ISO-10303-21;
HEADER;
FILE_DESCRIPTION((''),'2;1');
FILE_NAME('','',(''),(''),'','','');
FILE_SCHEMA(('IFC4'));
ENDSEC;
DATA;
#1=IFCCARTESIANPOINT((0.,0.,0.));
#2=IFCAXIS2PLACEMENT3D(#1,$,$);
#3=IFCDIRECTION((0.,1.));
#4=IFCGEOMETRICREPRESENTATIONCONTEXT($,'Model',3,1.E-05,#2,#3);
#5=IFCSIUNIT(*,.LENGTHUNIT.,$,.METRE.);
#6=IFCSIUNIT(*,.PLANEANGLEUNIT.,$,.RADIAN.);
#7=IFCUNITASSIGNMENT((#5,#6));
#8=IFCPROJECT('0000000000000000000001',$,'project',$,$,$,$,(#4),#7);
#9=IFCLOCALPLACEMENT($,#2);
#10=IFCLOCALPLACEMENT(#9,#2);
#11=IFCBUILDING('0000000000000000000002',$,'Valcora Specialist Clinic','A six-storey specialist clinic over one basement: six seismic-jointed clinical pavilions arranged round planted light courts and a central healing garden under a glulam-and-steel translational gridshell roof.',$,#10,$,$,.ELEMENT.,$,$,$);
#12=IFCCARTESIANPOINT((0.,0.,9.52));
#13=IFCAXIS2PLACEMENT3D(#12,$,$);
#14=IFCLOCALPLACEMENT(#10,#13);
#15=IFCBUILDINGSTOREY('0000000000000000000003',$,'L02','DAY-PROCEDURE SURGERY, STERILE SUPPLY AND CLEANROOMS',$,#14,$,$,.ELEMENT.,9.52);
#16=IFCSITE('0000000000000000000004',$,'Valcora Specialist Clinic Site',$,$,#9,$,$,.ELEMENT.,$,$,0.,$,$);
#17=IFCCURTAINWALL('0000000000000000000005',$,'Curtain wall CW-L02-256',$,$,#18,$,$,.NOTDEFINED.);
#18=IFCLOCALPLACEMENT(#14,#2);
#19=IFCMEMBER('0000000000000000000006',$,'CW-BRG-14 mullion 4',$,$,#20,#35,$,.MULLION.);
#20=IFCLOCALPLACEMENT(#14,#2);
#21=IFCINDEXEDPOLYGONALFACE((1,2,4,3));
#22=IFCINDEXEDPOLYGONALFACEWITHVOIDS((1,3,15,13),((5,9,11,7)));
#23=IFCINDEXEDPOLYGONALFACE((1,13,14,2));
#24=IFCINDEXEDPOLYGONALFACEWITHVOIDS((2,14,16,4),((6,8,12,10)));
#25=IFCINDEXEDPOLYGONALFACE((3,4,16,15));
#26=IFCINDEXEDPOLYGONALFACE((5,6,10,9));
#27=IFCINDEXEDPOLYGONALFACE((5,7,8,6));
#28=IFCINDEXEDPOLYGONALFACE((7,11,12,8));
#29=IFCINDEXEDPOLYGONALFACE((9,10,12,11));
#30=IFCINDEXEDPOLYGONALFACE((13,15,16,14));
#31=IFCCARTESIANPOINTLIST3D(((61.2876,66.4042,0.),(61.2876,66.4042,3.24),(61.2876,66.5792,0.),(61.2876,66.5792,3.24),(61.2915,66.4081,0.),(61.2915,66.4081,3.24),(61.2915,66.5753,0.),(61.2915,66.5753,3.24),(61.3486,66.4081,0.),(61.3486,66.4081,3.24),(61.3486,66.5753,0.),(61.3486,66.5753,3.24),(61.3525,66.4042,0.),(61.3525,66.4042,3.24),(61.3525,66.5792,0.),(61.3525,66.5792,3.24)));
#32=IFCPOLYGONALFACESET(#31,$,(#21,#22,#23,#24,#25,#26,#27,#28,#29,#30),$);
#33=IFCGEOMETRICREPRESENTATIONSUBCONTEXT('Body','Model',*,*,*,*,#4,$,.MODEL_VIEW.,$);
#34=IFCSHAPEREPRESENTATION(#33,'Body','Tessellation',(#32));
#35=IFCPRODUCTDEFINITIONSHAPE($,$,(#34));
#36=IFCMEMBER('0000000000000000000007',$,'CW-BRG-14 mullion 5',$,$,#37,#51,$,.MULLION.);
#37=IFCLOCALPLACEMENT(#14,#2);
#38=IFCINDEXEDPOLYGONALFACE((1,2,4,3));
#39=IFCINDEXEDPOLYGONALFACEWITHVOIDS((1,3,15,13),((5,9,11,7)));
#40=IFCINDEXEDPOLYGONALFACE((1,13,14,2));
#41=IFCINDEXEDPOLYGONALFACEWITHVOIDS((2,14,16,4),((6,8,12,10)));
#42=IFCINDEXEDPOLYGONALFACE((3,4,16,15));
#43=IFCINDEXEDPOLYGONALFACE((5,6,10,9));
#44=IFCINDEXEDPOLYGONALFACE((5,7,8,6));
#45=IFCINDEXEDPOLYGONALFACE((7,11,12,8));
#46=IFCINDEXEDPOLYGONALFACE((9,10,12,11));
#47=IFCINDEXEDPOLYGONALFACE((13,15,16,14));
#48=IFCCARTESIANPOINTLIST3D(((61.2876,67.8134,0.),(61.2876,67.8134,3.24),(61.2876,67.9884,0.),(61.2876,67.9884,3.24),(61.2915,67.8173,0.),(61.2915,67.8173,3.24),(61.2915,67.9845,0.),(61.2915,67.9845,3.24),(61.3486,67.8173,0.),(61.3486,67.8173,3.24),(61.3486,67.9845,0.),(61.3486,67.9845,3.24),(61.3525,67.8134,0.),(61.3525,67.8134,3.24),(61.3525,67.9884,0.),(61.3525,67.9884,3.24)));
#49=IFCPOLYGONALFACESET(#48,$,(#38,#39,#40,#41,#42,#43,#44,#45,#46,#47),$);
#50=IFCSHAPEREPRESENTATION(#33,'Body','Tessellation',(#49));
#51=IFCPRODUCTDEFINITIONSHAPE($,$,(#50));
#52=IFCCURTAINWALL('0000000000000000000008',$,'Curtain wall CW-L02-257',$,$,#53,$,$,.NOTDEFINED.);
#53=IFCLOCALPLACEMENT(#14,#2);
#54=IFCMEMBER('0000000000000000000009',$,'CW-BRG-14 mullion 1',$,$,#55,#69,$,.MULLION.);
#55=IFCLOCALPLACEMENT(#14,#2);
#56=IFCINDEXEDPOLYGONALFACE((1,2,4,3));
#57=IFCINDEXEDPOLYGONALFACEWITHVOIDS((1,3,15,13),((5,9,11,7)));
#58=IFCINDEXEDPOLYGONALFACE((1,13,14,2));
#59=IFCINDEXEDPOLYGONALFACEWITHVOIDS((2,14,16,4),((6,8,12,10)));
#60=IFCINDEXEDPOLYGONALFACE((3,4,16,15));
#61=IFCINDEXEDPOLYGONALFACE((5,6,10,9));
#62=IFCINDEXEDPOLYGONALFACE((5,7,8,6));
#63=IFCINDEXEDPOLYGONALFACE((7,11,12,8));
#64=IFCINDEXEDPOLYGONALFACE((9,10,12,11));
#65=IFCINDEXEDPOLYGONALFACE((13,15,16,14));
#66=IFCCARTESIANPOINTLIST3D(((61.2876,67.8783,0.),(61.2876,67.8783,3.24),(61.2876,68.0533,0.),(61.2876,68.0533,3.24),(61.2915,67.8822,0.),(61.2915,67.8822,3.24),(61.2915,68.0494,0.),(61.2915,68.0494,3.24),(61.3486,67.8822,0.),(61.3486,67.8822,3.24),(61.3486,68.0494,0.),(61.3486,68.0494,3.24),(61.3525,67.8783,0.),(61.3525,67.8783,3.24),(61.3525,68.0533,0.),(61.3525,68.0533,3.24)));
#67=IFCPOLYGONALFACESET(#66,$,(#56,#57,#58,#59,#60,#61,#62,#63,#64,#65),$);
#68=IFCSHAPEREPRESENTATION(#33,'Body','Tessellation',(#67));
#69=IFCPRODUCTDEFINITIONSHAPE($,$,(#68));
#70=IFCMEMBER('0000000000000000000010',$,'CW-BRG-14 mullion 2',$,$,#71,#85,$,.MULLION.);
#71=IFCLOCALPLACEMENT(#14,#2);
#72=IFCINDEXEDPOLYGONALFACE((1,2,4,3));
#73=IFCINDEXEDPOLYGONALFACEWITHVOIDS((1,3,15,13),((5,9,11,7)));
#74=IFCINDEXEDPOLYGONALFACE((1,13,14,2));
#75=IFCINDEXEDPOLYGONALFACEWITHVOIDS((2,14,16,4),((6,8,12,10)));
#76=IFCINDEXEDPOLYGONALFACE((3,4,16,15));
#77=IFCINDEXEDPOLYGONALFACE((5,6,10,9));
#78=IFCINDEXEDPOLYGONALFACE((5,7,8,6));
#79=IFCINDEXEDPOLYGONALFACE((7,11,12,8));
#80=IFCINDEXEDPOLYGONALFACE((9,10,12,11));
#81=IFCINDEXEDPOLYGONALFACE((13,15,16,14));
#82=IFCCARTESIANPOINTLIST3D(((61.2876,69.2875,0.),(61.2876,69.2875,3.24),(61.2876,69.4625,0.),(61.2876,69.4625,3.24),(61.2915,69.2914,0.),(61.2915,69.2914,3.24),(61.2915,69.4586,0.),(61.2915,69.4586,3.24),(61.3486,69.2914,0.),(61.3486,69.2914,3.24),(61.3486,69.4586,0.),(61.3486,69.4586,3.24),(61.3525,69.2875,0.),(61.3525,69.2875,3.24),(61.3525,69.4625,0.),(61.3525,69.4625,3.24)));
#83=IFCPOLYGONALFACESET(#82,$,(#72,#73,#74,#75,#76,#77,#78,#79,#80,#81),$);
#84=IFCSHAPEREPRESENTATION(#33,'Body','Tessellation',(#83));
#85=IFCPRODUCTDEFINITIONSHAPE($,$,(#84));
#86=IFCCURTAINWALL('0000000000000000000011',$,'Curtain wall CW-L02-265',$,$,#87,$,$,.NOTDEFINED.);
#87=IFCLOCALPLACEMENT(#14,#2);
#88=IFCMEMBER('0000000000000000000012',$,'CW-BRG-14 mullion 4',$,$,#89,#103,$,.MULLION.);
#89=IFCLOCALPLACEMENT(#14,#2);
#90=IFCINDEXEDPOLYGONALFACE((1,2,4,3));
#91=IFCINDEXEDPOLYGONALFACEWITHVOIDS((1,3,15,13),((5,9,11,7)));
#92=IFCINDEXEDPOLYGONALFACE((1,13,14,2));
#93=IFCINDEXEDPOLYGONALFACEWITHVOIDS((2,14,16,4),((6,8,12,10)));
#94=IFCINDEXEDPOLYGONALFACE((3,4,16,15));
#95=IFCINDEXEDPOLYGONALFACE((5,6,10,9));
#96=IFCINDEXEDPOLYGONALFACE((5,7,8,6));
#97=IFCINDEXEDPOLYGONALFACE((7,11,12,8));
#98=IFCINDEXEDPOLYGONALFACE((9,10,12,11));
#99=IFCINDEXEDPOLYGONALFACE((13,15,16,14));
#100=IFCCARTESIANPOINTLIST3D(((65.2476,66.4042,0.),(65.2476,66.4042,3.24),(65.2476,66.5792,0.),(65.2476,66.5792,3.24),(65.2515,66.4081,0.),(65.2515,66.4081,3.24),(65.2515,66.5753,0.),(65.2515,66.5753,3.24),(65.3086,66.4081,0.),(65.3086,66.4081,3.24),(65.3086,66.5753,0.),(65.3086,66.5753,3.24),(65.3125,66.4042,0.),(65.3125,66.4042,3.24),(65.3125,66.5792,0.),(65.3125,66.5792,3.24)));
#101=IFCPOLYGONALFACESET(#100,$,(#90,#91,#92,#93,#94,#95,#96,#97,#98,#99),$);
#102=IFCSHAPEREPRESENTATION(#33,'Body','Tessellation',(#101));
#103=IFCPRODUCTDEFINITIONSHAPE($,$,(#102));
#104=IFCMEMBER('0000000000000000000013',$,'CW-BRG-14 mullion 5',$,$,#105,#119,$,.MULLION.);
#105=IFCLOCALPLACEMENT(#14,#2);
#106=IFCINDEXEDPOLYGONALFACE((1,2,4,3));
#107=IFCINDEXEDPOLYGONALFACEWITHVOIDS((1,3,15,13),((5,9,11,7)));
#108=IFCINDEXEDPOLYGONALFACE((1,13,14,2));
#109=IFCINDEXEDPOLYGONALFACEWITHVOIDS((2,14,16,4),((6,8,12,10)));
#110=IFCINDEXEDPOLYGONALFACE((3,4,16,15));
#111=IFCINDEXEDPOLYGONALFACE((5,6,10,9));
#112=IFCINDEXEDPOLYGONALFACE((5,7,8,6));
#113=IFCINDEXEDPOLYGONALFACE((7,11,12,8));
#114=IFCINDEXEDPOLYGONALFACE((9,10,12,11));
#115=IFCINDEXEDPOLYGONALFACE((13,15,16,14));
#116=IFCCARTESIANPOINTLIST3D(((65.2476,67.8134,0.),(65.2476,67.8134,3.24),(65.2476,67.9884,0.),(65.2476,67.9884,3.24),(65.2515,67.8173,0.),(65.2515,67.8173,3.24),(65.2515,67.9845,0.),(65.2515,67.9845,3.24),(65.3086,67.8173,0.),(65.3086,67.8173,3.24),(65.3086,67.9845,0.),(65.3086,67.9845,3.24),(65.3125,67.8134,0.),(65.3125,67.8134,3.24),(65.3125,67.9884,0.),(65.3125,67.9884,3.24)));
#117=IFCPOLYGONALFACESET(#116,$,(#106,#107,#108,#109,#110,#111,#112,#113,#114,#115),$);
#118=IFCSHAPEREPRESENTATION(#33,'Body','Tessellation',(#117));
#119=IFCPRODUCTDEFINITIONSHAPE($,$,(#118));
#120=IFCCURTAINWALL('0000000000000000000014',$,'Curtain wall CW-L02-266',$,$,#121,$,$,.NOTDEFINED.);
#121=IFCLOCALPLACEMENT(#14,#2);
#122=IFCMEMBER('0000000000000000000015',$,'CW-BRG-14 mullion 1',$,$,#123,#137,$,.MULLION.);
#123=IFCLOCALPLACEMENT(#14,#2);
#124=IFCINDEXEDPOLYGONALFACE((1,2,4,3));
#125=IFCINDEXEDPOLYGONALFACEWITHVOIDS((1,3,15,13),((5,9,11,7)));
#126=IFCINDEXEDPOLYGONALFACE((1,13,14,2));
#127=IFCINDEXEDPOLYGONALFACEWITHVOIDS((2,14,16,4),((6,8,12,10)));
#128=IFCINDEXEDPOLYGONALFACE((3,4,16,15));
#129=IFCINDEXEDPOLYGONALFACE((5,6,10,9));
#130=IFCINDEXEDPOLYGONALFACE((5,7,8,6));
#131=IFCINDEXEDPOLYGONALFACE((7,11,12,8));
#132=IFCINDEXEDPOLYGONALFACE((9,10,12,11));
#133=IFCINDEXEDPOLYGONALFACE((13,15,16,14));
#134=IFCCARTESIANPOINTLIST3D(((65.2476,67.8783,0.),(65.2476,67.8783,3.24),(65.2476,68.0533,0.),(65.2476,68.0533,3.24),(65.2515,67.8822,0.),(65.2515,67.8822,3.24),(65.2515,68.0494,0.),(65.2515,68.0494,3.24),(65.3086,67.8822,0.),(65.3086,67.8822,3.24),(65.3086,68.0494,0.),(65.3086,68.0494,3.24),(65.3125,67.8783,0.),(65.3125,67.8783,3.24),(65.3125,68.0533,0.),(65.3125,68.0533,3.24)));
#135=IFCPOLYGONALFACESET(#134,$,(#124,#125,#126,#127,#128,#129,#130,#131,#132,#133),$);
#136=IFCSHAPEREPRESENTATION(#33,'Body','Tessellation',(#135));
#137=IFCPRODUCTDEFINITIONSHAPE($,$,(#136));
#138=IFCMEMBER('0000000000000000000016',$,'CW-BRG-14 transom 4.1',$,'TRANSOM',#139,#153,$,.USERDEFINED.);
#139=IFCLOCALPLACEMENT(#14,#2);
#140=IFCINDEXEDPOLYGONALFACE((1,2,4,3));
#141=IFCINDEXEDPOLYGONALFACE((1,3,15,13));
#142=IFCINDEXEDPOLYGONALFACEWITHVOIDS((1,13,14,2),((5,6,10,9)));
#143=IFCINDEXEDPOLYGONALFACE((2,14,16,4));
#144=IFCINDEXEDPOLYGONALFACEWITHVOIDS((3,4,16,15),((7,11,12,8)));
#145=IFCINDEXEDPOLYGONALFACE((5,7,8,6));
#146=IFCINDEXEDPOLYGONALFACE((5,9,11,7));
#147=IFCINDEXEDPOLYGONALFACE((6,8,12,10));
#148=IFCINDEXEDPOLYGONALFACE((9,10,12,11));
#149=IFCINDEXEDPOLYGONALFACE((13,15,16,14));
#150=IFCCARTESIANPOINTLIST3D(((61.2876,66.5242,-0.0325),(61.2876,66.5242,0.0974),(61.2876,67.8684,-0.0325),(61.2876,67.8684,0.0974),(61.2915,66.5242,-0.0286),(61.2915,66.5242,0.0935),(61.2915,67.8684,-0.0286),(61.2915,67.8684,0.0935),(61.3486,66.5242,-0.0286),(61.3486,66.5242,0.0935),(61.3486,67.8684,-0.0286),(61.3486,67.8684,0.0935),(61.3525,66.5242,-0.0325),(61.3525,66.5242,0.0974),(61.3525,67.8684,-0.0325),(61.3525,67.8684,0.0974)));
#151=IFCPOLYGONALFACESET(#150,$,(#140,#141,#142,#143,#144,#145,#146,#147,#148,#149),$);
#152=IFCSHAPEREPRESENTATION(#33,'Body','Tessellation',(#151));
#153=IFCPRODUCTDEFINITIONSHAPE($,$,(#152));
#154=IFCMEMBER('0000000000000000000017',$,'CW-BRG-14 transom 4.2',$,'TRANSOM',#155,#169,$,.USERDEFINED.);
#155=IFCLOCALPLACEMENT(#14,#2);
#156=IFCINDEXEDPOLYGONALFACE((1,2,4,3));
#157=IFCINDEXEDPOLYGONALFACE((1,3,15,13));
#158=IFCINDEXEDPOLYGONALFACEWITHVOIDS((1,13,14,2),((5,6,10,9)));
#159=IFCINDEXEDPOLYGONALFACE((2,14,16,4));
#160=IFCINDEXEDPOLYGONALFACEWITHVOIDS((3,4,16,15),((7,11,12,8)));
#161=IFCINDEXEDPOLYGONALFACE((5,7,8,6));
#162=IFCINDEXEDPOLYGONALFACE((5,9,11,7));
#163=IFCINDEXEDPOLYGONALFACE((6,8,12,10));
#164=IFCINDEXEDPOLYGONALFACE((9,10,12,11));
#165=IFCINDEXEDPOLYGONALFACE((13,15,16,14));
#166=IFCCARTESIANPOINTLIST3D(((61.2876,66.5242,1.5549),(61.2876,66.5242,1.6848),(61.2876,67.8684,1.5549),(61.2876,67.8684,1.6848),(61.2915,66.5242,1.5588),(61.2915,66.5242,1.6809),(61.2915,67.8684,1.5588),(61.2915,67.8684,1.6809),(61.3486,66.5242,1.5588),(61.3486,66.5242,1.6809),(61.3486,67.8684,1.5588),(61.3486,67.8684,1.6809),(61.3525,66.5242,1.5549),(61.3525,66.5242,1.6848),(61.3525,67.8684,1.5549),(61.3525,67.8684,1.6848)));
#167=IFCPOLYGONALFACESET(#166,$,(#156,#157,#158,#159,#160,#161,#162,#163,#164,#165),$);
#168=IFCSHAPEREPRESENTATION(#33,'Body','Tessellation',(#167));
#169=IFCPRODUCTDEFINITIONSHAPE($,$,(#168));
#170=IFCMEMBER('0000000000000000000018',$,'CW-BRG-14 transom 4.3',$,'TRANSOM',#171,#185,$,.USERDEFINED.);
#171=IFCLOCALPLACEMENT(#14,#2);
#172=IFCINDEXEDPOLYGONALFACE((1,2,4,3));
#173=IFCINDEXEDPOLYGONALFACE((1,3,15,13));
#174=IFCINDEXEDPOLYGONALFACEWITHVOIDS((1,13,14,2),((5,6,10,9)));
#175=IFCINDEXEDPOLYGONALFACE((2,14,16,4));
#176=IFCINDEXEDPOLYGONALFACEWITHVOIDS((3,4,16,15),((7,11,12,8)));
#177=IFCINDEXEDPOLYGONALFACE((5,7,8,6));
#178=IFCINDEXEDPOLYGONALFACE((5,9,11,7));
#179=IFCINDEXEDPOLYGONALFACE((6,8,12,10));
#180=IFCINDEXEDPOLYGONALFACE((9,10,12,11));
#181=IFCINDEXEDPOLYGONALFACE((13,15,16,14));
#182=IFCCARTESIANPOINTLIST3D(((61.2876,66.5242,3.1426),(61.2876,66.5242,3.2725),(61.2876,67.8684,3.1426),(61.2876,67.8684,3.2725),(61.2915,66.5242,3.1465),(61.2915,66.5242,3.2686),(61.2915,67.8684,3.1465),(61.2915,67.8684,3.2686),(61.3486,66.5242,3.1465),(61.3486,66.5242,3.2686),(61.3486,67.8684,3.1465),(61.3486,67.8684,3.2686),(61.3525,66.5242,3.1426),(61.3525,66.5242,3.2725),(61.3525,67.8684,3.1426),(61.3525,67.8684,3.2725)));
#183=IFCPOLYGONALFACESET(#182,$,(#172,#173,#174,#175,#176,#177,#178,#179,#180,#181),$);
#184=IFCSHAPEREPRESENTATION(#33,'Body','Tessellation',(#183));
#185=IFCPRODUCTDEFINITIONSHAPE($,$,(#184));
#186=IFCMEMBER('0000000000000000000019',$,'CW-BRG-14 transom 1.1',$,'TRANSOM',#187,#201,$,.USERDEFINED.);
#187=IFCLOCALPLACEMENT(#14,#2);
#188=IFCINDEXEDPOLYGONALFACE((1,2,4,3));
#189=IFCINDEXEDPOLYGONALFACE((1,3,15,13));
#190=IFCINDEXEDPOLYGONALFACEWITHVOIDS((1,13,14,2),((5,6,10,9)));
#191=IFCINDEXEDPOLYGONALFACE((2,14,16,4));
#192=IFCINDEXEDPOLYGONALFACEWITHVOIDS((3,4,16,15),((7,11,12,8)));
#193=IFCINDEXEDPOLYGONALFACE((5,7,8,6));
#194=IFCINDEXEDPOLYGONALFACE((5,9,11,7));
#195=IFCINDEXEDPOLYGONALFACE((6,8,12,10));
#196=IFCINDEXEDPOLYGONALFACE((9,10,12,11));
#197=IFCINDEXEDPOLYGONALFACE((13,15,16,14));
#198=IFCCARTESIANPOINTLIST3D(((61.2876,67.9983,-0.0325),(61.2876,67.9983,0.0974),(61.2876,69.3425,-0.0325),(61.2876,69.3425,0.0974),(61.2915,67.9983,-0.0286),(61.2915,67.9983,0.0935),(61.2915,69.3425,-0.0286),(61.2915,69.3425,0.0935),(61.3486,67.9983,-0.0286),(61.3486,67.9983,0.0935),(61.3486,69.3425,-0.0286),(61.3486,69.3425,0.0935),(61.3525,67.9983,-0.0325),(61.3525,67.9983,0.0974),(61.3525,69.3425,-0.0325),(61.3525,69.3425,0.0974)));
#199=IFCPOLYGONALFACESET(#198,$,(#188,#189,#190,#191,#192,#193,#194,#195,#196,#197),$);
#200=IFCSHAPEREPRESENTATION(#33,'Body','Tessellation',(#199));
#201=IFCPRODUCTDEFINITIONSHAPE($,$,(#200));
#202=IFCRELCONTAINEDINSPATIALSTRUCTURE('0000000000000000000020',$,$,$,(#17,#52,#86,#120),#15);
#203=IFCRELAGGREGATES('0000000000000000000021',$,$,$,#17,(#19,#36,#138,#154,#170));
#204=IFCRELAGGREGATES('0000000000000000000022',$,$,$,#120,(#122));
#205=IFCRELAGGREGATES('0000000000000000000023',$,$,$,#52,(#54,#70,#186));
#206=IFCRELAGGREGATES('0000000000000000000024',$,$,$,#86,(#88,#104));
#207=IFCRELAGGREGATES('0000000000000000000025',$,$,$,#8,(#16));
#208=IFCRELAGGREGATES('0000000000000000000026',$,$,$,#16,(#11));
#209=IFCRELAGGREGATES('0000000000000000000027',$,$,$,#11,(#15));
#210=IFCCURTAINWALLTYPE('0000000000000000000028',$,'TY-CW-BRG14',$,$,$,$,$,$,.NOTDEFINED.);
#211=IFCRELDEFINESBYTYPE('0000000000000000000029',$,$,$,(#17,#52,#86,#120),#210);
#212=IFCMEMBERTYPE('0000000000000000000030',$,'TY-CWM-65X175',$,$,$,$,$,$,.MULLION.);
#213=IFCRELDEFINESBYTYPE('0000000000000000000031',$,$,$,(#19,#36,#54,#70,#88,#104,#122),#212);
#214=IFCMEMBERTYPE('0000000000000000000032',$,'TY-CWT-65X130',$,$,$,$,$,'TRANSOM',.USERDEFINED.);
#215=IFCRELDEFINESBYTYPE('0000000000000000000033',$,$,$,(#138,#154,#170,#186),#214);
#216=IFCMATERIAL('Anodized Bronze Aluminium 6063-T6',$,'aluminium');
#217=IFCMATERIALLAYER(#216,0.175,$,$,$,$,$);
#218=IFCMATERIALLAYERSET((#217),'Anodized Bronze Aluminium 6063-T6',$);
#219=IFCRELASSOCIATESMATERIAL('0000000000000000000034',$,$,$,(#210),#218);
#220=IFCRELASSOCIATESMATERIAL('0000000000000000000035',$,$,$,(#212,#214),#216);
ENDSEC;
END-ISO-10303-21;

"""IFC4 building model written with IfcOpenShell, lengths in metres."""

from ifc_helpers import new_model, si_unit, direction, frame, origin, origin_2d, place, context, subcontext, project, spatial, hollow_rectangle, extrude, material, layer, layer_set, material_profile, profile_set, type_object, element, aggregate, save


model = new_model("IFC4")

# Units and contexts
model_context = context("Model", 3, precision=1e-05, world=origin(), true_north=direction((0.0, 1.0)))
body_context = subcontext(model_context, "Body", "Model", "MODEL_VIEW")
ifc_project = project(units=[si_unit("LENGTHUNIT", "METRE"), si_unit("PLANEANGLEUNIT", "RADIAN")], contexts=[model_context])

# Site, building, storey
site_placement = place(None, origin())
site = spatial("IfcSite", under=ifc_project, at=site_placement, Name="Valcora Specialist Clinic Site", CompositionType="ELEMENT", RefElevation=0.0)
building_placement = place(site_placement, origin())
building = spatial("IfcBuilding", under=site, at=building_placement, Name="Valcora Specialist Clinic", Description="A six-storey specialist clinic over one basement: six seismic-jointed clinical pavilions arranged round planted light courts and a central healing garden under a glulam-and-steel translational gridshell roof.", CompositionType="ELEMENT")
storey_placement = place(building_placement, frame((0.0, 0.0, 9.52)))
storey = spatial("IfcBuildingStorey", under=building, at=storey_placement, Name="L02", Description="DAY-PROCEDURE SURGERY, STERILE SUPPLY AND CLEANROOMS", CompositionType="ELEMENT", Elevation=9.52)

# Curtain walls, members
ifc_material_1 = material(Name="Anodized Bronze Aluminium 6063-T6", Category="aluminium")
ifc_layer_1 = layer(ifc_material_1, 0.175)
ifc_layer_set_1 = layer_set([ifc_layer_1], Name="Anodized Bronze Aluminium 6063-T6")
curtain_wall_type = type_object("IfcCurtainWallType", Name="TY-CW-BRG14", PredefinedType="NOTDEFINED", material=ifc_layer_set_1)
curtain_wall_1_placement = place(storey_placement, origin())
curtain_wall_1 = element("IfcCurtainWall", 1, at=curtain_wall_1_placement, inside=storey, type_object=curtain_wall_type, Name="Curtain wall CW-L02-256", PredefinedType="NOTDEFINED")
ifc_material_profile_1 = material_profile(ifc_material_1, hollow_rectangle(XDim=0.0649, YDim=0.175, WallThickness=0.0039, at=origin_2d()), Name="AL-MUL-65X175")
ifc_profile_set_1 = profile_set([ifc_material_profile_1], Name="Anodized Bronze Aluminium 6063-T6")
member_type_1 = type_object("IfcMemberType", Name="TY-CWM-65X175", PredefinedType="MULLION", material=ifc_profile_set_1)
member_1_placement = place(storey_placement, frame((61.3201, 66.4917, 0.0), z_axis=(0.0, 0.0, 1.0), x_axis=(-1.0, 0.0, 0.0)))
member_1 = element("IfcMember", 2, at=member_1_placement, type_object=member_type_1, Name="CW-BRG-14 mullion 4", PredefinedType="MULLION", context=body_context, shape_type="SweptSolid", body=[
    extrude(hollow_rectangle(XDim=0.0649, YDim=0.175, WallThickness=0.0039, at=origin_2d()), origin(), (0.0, 0.0, 1.0), 3.24),
])
member_2_placement = place(storey_placement, frame((61.3201, 67.9009, 0.0), z_axis=(0.0, 0.0, 1.0), x_axis=(-1.0, 0.0, 0.0)))
member_2 = element("IfcMember", 3, at=member_2_placement, type_object=member_type_1, Name="CW-BRG-14 mullion 5", PredefinedType="MULLION", context=body_context, shape_type="SweptSolid", body=[
    extrude(hollow_rectangle(XDim=0.0649, YDim=0.175, WallThickness=0.0039, at=origin_2d()), origin(), (0.0, 0.0, 1.0), 3.24),
])
curtain_wall_2_placement = place(storey_placement, origin())
curtain_wall_2 = element("IfcCurtainWall", 4, at=curtain_wall_2_placement, inside=storey, type_object=curtain_wall_type, Name="Curtain wall CW-L02-257", PredefinedType="NOTDEFINED")
member_3_placement = place(storey_placement, frame((61.3201, 67.9658, 0.0), z_axis=(0.0, 0.0, 1.0), x_axis=(-1.0, 0.0, 0.0)))
member_3 = element("IfcMember", 5, at=member_3_placement, type_object=member_type_1, Name="CW-BRG-14 mullion 1", PredefinedType="MULLION", context=body_context, shape_type="SweptSolid", body=[
    extrude(hollow_rectangle(XDim=0.0649, YDim=0.175, WallThickness=0.0039, at=origin_2d()), origin(), (0.0, 0.0, 1.0), 3.24),
])
member_4_placement = place(storey_placement, frame((61.3201, 69.375, 0.0), z_axis=(0.0, 0.0, 1.0), x_axis=(-1.0, 0.0, 0.0)))
member_4 = element("IfcMember", 6, at=member_4_placement, type_object=member_type_1, Name="CW-BRG-14 mullion 2", PredefinedType="MULLION", context=body_context, shape_type="SweptSolid", body=[
    extrude(hollow_rectangle(XDim=0.0649, YDim=0.175, WallThickness=0.0039, at=origin_2d()), origin(), (0.0, 0.0, 1.0), 3.24),
])
curtain_wall_3_placement = place(storey_placement, origin())
curtain_wall_3 = element("IfcCurtainWall", 7, at=curtain_wall_3_placement, inside=storey, type_object=curtain_wall_type, Name="Curtain wall CW-L02-265", PredefinedType="NOTDEFINED")
member_5_placement = place(storey_placement, frame((65.28, 66.4917, 0.0), z_axis=(0.0, 0.0, 1.0), x_axis=(-1.0, 0.0, 0.0)))
member_5 = element("IfcMember", 8, at=member_5_placement, type_object=member_type_1, Name="CW-BRG-14 mullion 4", PredefinedType="MULLION", context=body_context, shape_type="SweptSolid", body=[
    extrude(hollow_rectangle(XDim=0.0649, YDim=0.175, WallThickness=0.0039, at=origin_2d()), origin(), (0.0, 0.0, 1.0), 3.24),
])
member_6_placement = place(storey_placement, frame((65.28, 67.9009, 0.0), z_axis=(0.0, 0.0, 1.0), x_axis=(-1.0, 0.0, 0.0)))
member_6 = element("IfcMember", 9, at=member_6_placement, type_object=member_type_1, Name="CW-BRG-14 mullion 5", PredefinedType="MULLION", context=body_context, shape_type="SweptSolid", body=[
    extrude(hollow_rectangle(XDim=0.0649, YDim=0.175, WallThickness=0.0039, at=origin_2d()), origin(), (0.0, 0.0, 1.0), 3.24),
])

# Curtain wall, member
curtain_wall_4_placement = place(storey_placement, origin())
curtain_wall_4 = element("IfcCurtainWall", 10, at=curtain_wall_4_placement, inside=storey, type_object=curtain_wall_type, Name="Curtain wall CW-L02-266", PredefinedType="NOTDEFINED")
member_7_placement = place(storey_placement, frame((65.28, 67.9658, 0.0), z_axis=(0.0, 0.0, 1.0), x_axis=(-1.0, 0.0, 0.0)))
member_7 = element("IfcMember", 11, at=member_7_placement, type_object=member_type_1, Name="CW-BRG-14 mullion 1", PredefinedType="MULLION", context=body_context, shape_type="SweptSolid", body=[
    extrude(hollow_rectangle(XDim=0.0649, YDim=0.175, WallThickness=0.0039, at=origin_2d()), origin(), (0.0, 0.0, 1.0), 3.24),
])

# Members
ifc_material_profile_2 = material_profile(ifc_material_1, hollow_rectangle(XDim=0.0649, YDim=0.1299, WallThickness=0.0039, at=origin_2d()), Name="AL-TRN-65X130")
ifc_profile_set_2 = profile_set([ifc_material_profile_2], Name="Anodized Bronze Aluminium 6063-T6")
member_type_2 = type_object("IfcMemberType", Name="TY-CWT-65X130", ElementType="TRANSOM", PredefinedType="USERDEFINED", material=ifc_profile_set_2)
member_8_placement = place(storey_placement, frame((61.3201, 66.5242, 0.0325), z_axis=(0.0, 1.0, 0.0), x_axis=(-1.0, 0.0, 0.0)))
member_8 = element("IfcMember", 12, at=member_8_placement, type_object=member_type_2, Name="CW-BRG-14 transom 4.1", ObjectType="TRANSOM", PredefinedType="USERDEFINED", context=body_context, shape_type="SweptSolid", body=[
    extrude(hollow_rectangle(XDim=0.0649, YDim=0.1299, WallThickness=0.0039, at=origin_2d()), origin(), (0.0, 0.0, 1.0), 1.3442),
])
member_9_placement = place(storey_placement, frame((61.3201, 66.5242, 1.6199), z_axis=(0.0, 1.0, 0.0), x_axis=(-1.0, 0.0, 0.0)))
member_9 = element("IfcMember", 13, at=member_9_placement, type_object=member_type_2, Name="CW-BRG-14 transom 4.2", ObjectType="TRANSOM", PredefinedType="USERDEFINED", context=body_context, shape_type="SweptSolid", body=[
    extrude(hollow_rectangle(XDim=0.0649, YDim=0.1299, WallThickness=0.0039, at=origin_2d()), origin(), (0.0, 0.0, 1.0), 1.3442),
])
member_10_placement = place(storey_placement, frame((61.3201, 66.5242, 3.2075), z_axis=(0.0, 1.0, 0.0), x_axis=(-1.0, 0.0, 0.0)))
member_10 = element("IfcMember", 14, at=member_10_placement, type_object=member_type_2, Name="CW-BRG-14 transom 4.3", ObjectType="TRANSOM", PredefinedType="USERDEFINED", context=body_context, shape_type="SweptSolid", body=[
    extrude(hollow_rectangle(XDim=0.0649, YDim=0.1299, WallThickness=0.0039, at=origin_2d()), origin(), (0.0, 0.0, 1.0), 1.3442),
])
member_11_placement = place(storey_placement, frame((61.3201, 67.9983, 0.0325), z_axis=(0.0, 1.0, 0.0), x_axis=(-1.0, 0.0, 0.0)))
member_11 = element("IfcMember", 15, at=member_11_placement, type_object=member_type_2, Name="CW-BRG-14 transom 1.1", ObjectType="TRANSOM", PredefinedType="USERDEFINED", context=body_context, shape_type="SweptSolid", body=[
    extrude(hollow_rectangle(XDim=0.0649, YDim=0.1299, WallThickness=0.0039, at=origin_2d()), origin(), (0.0, 0.0, 1.0), 1.3442),
])

aggregate(curtain_wall_1, [member_1, member_2, member_8, member_9, member_10])
aggregate(curtain_wall_4, [member_7])
aggregate(curtain_wall_2, [member_3, member_4, member_11])
aggregate(curtain_wall_3, [member_5, member_6])

save(model, "model.ifc")
